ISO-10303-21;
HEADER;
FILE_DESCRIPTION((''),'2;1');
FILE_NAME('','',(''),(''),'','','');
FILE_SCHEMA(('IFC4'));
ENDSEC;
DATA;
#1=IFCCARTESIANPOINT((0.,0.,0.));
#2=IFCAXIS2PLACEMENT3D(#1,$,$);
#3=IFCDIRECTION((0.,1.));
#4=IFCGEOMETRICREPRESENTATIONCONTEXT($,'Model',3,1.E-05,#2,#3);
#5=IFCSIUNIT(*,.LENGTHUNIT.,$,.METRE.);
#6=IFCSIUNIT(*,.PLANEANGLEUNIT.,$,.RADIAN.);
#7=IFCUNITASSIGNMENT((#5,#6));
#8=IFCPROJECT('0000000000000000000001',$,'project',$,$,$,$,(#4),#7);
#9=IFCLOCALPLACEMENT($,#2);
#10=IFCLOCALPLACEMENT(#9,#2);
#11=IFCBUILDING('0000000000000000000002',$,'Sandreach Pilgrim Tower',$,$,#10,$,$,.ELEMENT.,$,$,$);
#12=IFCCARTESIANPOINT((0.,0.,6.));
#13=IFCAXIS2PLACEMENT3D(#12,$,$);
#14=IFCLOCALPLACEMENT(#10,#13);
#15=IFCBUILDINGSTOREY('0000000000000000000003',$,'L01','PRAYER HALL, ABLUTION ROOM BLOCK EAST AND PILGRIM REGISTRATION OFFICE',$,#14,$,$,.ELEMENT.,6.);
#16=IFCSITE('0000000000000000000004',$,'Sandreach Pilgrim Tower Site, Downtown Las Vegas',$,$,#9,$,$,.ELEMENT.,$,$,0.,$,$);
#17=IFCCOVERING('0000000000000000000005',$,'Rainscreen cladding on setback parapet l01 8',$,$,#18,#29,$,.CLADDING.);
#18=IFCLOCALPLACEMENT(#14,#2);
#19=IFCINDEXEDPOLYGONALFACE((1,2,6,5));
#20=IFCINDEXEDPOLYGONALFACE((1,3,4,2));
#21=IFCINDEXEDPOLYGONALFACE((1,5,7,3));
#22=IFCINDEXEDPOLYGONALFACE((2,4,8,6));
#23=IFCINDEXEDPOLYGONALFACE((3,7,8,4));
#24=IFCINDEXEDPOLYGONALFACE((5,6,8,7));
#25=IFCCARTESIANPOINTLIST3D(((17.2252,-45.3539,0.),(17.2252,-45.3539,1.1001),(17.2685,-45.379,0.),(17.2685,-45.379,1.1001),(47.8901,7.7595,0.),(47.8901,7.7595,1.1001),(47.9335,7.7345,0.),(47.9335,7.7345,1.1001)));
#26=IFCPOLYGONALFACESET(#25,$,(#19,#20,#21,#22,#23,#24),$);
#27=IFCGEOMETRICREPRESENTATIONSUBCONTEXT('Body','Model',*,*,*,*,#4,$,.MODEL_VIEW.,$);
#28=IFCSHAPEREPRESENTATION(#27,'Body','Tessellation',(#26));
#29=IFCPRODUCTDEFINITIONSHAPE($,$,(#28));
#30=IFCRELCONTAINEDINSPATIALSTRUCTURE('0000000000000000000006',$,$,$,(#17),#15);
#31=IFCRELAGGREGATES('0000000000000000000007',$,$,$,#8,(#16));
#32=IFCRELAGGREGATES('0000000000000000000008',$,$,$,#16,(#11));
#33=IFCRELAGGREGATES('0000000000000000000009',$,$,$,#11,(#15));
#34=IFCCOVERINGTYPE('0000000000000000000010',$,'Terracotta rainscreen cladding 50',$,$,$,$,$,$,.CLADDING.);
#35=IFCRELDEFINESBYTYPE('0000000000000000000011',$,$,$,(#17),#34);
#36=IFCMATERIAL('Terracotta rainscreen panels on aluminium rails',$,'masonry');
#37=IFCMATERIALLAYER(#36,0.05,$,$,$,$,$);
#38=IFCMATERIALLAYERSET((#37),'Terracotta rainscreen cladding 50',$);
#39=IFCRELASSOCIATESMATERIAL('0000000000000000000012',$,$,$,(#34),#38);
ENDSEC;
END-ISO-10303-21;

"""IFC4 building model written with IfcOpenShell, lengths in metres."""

from ifc_helpers import new_model, si_unit, direction, frame, frame_2d, origin, place, context, subcontext, project, spatial, rectangle, extrude, material, layer, layer_set, type_object, element, save


model = new_model("IFC4")

# Units and contexts
model_context = context("Model", 3, precision=1e-05, world=origin(), true_north=direction((0.0, 1.0)))
body_context = subcontext(model_context, "Body", "Model", "MODEL_VIEW")
ifc_project = project(units=[si_unit("LENGTHUNIT", "METRE"), si_unit("PLANEANGLEUNIT", "RADIAN")], contexts=[model_context])

# Site, building, storey
site_placement = place(None, origin())
site = spatial("IfcSite", under=ifc_project, at=site_placement, Name="Sandreach Pilgrim Tower Site, Downtown Las Vegas", CompositionType="ELEMENT", RefElevation=0.0)
building_placement = place(site_placement, origin())
building = spatial("IfcBuilding", under=site, at=building_placement, Name="Sandreach Pilgrim Tower", CompositionType="ELEMENT")
storey_placement = place(building_placement, frame((0.0, 0.0, 6.0)))
storey = spatial("IfcBuildingStorey", under=building, at=storey_placement, Name="L01", Description="PRAYER HALL, ABLUTION ROOM BLOCK EAST AND PILGRIM REGISTRATION OFFICE", CompositionType="ELEMENT", Elevation=6.0)

# Covering
ifc_material_1 = material(Name="Terracotta rainscreen panels on aluminium rails", Category="masonry")
ifc_layer_1 = layer(ifc_material_1, 0.05)
ifc_layer_set_1 = layer_set([ifc_layer_1], Name="Terracotta rainscreen cladding 50")
covering_type = type_object("IfcCoveringType", Name="Terracotta rainscreen cladding 50", PredefinedType="CLADDING", material=ifc_layer_set_1)
covering_1_placement = place(storey_placement, frame((17.2468, -45.3665, 0.0), z_axis=(0.0, 0.0, 1.0), x_axis=(0.499999, 0.866026, 0.0)))
element("IfcCovering", 1, at=covering_1_placement, inside=storey, type_object=covering_type, Name="Rainscreen cladding on setback parapet l01 8", PredefinedType="CLADDING", context=body_context, shape_type="SweptSolid", body=[
    extrude(rectangle(XDim=61.3301, YDim=0.05, at=frame_2d((30.665, 0.0))), origin(), (0.0, 0.0, 1.0), 1.1001),
])

save(model, "model.ifc")
